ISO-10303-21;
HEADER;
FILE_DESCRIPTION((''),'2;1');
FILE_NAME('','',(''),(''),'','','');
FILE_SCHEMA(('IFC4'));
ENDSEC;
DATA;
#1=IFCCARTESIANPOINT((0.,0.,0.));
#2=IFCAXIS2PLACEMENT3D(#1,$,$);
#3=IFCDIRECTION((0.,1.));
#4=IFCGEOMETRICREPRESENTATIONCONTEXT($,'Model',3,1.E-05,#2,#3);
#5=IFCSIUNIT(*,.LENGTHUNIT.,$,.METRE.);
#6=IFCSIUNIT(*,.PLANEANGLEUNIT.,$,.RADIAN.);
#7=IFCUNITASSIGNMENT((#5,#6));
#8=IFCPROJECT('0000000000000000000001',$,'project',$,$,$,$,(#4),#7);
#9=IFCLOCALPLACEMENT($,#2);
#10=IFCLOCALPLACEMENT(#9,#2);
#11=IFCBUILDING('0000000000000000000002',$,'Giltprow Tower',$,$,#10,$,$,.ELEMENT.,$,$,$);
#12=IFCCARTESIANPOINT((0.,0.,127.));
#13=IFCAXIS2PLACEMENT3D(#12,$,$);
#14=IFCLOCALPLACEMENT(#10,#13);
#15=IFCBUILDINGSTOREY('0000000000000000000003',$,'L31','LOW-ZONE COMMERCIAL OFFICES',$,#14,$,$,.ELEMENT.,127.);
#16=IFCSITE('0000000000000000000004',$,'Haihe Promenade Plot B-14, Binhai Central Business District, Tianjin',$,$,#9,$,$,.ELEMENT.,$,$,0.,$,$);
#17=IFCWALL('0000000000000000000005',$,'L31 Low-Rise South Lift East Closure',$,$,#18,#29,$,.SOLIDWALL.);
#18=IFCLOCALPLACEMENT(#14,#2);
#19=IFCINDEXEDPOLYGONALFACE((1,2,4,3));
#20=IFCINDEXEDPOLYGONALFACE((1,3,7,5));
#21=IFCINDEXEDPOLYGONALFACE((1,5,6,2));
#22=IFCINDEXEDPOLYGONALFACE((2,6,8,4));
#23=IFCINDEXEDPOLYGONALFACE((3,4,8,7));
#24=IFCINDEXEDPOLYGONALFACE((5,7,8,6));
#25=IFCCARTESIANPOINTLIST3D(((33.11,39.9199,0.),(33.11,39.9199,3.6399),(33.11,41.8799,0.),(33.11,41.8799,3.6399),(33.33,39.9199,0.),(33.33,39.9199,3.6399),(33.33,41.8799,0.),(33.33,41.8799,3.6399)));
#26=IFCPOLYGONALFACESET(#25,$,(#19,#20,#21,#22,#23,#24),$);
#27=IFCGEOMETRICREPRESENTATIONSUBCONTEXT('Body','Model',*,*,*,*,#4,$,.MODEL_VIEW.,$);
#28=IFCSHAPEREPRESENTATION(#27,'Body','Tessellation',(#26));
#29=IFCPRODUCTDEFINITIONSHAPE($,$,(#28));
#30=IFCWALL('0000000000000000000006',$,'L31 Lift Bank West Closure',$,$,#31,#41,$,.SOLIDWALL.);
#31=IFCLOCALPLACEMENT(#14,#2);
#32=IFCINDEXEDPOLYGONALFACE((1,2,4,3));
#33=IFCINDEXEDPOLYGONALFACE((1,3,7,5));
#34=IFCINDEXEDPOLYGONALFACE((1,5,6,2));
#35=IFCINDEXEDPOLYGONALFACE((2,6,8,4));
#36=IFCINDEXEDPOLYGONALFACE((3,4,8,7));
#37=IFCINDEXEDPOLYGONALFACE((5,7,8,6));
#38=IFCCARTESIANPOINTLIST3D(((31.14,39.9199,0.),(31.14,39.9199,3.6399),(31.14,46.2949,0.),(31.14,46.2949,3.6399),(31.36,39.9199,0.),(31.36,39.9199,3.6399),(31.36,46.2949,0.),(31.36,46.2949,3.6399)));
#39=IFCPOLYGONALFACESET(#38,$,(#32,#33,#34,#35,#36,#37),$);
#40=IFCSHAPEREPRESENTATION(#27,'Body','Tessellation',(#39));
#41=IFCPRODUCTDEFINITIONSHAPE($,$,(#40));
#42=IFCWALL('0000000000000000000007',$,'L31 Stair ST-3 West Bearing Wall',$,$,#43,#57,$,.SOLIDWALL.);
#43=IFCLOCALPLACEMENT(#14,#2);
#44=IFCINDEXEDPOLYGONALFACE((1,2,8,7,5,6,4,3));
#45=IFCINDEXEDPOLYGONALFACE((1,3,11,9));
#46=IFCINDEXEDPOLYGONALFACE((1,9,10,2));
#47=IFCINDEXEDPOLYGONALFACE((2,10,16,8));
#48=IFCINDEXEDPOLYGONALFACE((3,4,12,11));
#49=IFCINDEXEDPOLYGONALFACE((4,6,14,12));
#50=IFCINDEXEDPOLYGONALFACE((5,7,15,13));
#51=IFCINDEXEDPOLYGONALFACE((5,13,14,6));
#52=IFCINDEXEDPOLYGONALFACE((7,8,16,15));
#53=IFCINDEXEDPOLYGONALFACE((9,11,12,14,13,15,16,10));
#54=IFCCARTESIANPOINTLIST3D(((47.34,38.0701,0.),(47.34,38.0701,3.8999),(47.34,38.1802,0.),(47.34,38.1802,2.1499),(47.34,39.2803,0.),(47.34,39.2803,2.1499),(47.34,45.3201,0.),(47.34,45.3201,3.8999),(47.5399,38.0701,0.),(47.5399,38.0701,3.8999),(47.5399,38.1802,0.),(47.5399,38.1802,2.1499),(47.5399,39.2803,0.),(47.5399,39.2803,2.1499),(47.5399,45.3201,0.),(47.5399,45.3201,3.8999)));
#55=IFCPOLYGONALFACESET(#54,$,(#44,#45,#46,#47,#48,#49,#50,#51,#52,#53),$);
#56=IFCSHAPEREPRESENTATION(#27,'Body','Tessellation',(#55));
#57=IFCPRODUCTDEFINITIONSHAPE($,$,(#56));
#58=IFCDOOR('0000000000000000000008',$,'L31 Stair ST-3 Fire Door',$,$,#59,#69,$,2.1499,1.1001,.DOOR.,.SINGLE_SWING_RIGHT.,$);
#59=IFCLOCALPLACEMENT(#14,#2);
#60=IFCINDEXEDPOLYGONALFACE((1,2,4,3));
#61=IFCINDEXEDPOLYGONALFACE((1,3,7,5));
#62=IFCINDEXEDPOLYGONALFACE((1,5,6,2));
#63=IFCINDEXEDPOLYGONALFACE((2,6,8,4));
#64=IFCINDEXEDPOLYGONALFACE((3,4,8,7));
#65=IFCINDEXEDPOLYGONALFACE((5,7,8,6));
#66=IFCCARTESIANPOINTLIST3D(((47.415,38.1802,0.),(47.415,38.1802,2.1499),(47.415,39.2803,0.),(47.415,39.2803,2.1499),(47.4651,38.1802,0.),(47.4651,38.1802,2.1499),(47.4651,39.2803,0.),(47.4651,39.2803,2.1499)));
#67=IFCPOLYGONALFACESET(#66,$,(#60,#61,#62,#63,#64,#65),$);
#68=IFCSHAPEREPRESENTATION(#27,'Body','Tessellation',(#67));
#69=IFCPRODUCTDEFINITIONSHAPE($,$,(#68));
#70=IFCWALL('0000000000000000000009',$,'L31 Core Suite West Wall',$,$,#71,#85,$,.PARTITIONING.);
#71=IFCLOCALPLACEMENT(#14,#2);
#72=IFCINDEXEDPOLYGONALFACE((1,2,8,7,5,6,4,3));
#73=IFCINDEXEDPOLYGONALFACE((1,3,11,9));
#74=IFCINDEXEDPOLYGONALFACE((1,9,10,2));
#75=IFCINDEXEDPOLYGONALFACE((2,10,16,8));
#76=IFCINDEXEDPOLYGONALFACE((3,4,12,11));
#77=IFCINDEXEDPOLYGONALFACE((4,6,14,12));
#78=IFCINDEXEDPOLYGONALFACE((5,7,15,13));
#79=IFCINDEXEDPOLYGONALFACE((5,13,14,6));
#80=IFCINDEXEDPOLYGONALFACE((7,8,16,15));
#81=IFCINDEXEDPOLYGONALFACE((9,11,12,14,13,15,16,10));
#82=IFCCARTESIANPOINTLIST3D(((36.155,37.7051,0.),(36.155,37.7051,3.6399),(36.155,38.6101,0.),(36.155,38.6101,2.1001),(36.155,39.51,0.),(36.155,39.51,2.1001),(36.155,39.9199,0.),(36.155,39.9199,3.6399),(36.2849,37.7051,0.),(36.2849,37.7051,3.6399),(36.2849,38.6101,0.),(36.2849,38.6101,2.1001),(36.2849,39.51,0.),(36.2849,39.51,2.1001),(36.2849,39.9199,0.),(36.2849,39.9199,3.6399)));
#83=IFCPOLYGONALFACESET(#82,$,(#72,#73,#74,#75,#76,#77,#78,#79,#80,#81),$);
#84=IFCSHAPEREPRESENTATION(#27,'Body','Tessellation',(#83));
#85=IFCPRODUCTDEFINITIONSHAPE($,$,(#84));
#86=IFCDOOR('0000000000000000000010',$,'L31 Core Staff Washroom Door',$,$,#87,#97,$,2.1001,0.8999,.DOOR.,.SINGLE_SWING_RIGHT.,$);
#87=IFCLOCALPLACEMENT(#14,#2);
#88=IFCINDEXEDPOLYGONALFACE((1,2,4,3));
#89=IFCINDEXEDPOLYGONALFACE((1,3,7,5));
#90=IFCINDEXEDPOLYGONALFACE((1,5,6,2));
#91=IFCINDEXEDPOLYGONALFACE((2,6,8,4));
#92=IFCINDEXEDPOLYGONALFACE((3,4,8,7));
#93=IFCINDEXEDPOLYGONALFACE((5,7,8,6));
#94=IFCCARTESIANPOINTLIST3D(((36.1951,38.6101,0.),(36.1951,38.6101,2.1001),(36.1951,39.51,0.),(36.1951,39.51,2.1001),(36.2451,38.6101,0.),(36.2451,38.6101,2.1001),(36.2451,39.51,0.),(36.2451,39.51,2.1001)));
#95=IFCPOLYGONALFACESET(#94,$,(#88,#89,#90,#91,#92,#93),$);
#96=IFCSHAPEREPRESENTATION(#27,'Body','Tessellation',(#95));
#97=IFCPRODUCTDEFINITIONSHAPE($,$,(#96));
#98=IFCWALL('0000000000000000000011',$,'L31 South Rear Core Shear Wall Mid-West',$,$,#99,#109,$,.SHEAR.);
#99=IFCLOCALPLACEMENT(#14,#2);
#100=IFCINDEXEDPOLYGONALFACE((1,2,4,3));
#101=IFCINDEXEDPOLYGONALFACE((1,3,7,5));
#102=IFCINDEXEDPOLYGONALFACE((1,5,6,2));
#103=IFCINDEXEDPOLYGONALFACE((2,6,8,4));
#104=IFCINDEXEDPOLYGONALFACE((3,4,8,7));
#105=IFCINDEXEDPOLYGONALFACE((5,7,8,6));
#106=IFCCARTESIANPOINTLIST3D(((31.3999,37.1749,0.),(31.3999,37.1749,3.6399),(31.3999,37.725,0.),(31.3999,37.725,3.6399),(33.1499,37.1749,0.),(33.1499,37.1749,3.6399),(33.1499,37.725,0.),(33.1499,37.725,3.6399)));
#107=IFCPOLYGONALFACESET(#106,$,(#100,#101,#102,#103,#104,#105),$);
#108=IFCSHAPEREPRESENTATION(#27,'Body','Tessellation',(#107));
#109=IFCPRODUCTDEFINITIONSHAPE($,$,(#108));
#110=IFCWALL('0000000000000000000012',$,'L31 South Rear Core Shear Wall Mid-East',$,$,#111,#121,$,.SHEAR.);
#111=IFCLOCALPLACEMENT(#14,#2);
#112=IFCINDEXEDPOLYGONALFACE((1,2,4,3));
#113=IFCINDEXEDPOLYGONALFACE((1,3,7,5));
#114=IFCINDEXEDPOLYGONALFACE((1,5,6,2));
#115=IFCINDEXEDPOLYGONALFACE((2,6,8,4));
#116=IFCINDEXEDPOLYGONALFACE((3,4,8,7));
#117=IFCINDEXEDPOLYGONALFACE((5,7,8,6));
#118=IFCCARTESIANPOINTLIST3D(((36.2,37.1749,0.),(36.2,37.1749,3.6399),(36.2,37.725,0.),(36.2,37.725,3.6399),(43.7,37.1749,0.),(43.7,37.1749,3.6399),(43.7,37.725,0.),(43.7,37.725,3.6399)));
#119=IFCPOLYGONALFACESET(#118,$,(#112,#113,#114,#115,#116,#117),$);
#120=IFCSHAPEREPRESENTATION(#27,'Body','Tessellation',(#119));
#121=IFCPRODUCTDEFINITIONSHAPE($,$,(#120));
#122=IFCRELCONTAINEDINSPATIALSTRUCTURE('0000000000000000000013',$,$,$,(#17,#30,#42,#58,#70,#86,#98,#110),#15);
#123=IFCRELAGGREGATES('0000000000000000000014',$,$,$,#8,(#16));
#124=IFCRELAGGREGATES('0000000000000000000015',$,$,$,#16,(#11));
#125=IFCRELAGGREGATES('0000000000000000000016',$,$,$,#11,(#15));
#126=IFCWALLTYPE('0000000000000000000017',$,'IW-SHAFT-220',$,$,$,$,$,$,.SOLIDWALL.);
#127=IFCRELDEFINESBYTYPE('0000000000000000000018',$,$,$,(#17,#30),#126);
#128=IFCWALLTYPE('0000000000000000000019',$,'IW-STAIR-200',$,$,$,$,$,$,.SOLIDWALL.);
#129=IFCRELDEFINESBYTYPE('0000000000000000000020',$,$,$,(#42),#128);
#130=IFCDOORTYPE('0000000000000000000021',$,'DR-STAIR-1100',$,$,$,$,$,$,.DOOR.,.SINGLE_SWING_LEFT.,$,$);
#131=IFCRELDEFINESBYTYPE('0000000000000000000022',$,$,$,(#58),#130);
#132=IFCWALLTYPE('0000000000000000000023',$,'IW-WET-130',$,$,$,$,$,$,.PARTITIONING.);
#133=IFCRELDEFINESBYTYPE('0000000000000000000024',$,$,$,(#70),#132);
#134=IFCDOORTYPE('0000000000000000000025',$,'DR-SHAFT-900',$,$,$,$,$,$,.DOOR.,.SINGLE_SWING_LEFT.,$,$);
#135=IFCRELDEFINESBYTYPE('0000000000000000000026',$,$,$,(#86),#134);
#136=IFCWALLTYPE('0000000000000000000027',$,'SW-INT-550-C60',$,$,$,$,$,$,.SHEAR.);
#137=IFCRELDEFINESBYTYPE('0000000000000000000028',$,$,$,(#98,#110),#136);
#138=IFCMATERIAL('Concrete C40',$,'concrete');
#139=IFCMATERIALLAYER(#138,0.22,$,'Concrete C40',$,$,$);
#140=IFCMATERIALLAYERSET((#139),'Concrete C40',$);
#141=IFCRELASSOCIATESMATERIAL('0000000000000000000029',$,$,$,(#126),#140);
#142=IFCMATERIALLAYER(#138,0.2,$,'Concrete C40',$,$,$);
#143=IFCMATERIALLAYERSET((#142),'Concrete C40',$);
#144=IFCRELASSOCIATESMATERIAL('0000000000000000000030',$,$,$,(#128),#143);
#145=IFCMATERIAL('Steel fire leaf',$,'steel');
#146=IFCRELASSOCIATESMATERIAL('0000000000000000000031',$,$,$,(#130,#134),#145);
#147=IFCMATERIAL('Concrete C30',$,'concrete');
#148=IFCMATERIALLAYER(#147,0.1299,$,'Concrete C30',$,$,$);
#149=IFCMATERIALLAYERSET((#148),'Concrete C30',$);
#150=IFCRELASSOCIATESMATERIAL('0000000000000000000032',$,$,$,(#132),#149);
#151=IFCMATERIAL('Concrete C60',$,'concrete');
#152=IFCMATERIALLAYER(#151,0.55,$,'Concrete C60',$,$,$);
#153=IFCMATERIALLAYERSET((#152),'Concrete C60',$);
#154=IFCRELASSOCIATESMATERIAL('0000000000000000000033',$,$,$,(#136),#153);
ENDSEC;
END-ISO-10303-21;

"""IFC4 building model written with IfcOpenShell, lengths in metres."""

from ifc_helpers import new_model, si_unit, direction, frame, frame_2d, origin, place, context, subcontext, project, spatial, rectangle, extrude, source, transform, mapped, material, layer, layer_set, type_object, element, fill, save


model = new_model("IFC4")

# Units and contexts
model_context = context("Model", 3, precision=1e-05, world=origin(), true_north=direction((0.0, 1.0)))
body_context = subcontext(model_context, "Body", "Model", "MODEL_VIEW")
ifc_project = project(units=[si_unit("LENGTHUNIT", "METRE"), si_unit("PLANEANGLEUNIT", "RADIAN")], contexts=[model_context])

# Site, building, storey
site_placement = place(None, origin())
site = spatial("IfcSite", under=ifc_project, at=site_placement, Name="Haihe Promenade Plot B-14, Binhai Central Business District, Tianjin", CompositionType="ELEMENT", RefElevation=0.0)
building_placement = place(site_placement, origin())
building = spatial("IfcBuilding", under=site, at=building_placement, Name="Giltprow Tower", CompositionType="ELEMENT")
storey_placement = place(building_placement, frame((0.0, 0.0, 127.0)))
storey = spatial("IfcBuildingStorey", under=building, at=storey_placement, Name="L31", Description="LOW-ZONE COMMERCIAL OFFICES", CompositionType="ELEMENT", Elevation=127.0)

# Shared definitions
ifc_material_1 = material(Name="Concrete C60", Category="concrete")

# Walls
ifc_material_2 = material(Name="Concrete C40", Category="concrete")
ifc_layer_1 = layer(ifc_material_2, 0.22, Name="Concrete C40")
ifc_layer_set_1 = layer_set([ifc_layer_1], Name="Concrete C40")
wall_type_1 = type_object("IfcWallType", Name="IW-SHAFT-220", PredefinedType="SOLIDWALL", material=ifc_layer_set_1)
wall_1_placement = place(storey_placement, frame((33.22, 39.9199, 0.0), z_axis=(0.0, 0.0, 1.0), x_axis=(0.0, 1.0, 0.0)))
element("IfcWall", 1, at=wall_1_placement, inside=storey, type_object=wall_type_1, Name="L31 Low-Rise South Lift East Closure", PredefinedType="SOLIDWALL", context=body_context, shape_type="SweptSolid", body=[
    extrude(rectangle(XDim=1.96, YDim=0.22, at=frame_2d((0.98, 0.0))), origin(), (0.0, 0.0, 1.0), 3.6399),
])
wall_2_placement = place(storey_placement, frame((31.25, 39.9199, 0.0), z_axis=(0.0, 0.0, 1.0), x_axis=(0.0, 1.0, 0.0)))
element("IfcWall", 2, at=wall_2_placement, inside=storey, type_object=wall_type_1, Name="L31 Lift Bank West Closure", PredefinedType="SOLIDWALL", context=body_context, shape_type="SweptSolid", body=[
    extrude(rectangle(XDim=6.375, YDim=0.22, at=frame_2d((3.1875, 0.0))), origin(), (0.0, 0.0, 1.0), 3.6399),
])

# Walls, openings, doors
ifc_layer_2 = layer(ifc_material_2, 0.2, Name="Concrete C40")
ifc_layer_set_2 = layer_set([ifc_layer_2], Name="Concrete C40")
wall_type_2 = type_object("IfcWallType", Name="IW-STAIR-200", PredefinedType="SOLIDWALL", material=ifc_layer_set_2)
wall_3_placement = place(storey_placement, frame((47.4399, 38.0701, 0.0), z_axis=(0.0, 0.0, 1.0), x_axis=(0.0, 1.0, 0.0)))
wall_3 = element("IfcWall", 3, at=wall_3_placement, inside=storey, type_object=wall_type_2, Name="L31 Stair ST-3 West Bearing Wall", PredefinedType="SOLIDWALL", context=body_context, shape_type="SweptSolid", body=[
    extrude(rectangle(XDim=7.25, YDim=0.2, at=frame_2d((3.625, 0.0))), origin(), (0.0, 0.0, 1.0), 3.8999),
])
opening_1_placement = place(wall_3_placement, frame((0.1101, 0.0, 0.0)))
opening_1 = element("IfcOpeningElement", 4, at=opening_1_placement, cuts=wall_3, PredefinedType="OPENING", context=body_context, shape_type="SweptSolid", body=[
    extrude(rectangle(XDim=1.1001, YDim=2.1499, at=frame_2d((0.55, 1.075))), frame((0.0, 0.1099, 0.0), z_axis=(0.0, -1.0, 0.0), x_axis=(1.0, 0.0, 0.0)), (0.0, 0.0, 1.0), 0.22),
])
ifc_material_3 = material(Name="Steel fire leaf", Category="steel")
door_type_1 = type_object("IfcDoorType", Name="DR-STAIR-1100", OperationType="SINGLE_SWING_LEFT", PredefinedType="DOOR", material=ifc_material_3)
shared_shape_1 = source(origin(), body_context, "Body", "SweptSolid", [
    extrude(rectangle(XDim=1.1001, YDim=2.1499, at=frame_2d((0.55, 1.075))), frame((0.0, 0.0249, 0.0), z_axis=(0.0, -1.0, 0.0), x_axis=(1.0, 0.0, 0.0)), (0.0, 0.0, 1.0), 0.05),
])
door_1_placement = place(opening_1_placement, origin())
door_1 = element("IfcDoor", 5, at=door_1_placement, inside=storey, type_object=door_type_1, Name="L31 Stair ST-3 Fire Door", OperationType="SINGLE_SWING_RIGHT", OverallHeight=2.1499, OverallWidth=1.1001, PredefinedType="DOOR", context=body_context, shape_type="MappedRepresentation", body=[
    mapped(shared_shape_1, transform((0.0, 0.0, 0.0), x_axis=(1.0, 0.0, 0.0), y_axis=(0.0, 1.0, 0.0), z_axis=(0.0, 0.0, 1.0), scale=1.0)),
])
fill(opening_1, door_1)
ifc_material_4 = material(Name="Concrete C30", Category="concrete")
ifc_layer_3 = layer(ifc_material_4, 0.1299, Name="Concrete C30")
ifc_layer_set_3 = layer_set([ifc_layer_3], Name="Concrete C30")
wall_type_3 = type_object("IfcWallType", Name="IW-WET-130", PredefinedType="PARTITIONING", material=ifc_layer_set_3)
wall_4_placement = place(storey_placement, frame((36.22, 37.7051, 0.0), z_axis=(0.0, 0.0, 1.0), x_axis=(0.0, 1.0, 0.0)))
wall_4 = element("IfcWall", 6, at=wall_4_placement, inside=storey, type_object=wall_type_3, Name="L31 Core Suite West Wall", PredefinedType="PARTITIONING", context=body_context, shape_type="SweptSolid", body=[
    extrude(rectangle(XDim=2.2148, YDim=0.1299, at=frame_2d((1.1074, 0.0))), origin(), (0.0, 0.0, 1.0), 3.6399),
])
opening_2_placement = place(wall_4_placement, frame((0.905, 0.0, 0.0)))
opening_2 = element("IfcOpeningElement", 7, at=opening_2_placement, cuts=wall_4, PredefinedType="OPENING", context=body_context, shape_type="SweptSolid", body=[
    extrude(rectangle(XDim=0.8999, YDim=2.1001, at=frame_2d((0.45, 1.05))), frame((0.0, 0.075, 0.0), z_axis=(0.0, -1.0, 0.0), x_axis=(1.0, 0.0, 0.0)), (0.0, 0.0, 1.0), 0.1499),
])
door_type_2 = type_object("IfcDoorType", Name="DR-SHAFT-900", OperationType="SINGLE_SWING_LEFT", PredefinedType="DOOR", material=ifc_material_3)
shared_shape_2 = source(origin(), body_context, "Body", "SweptSolid", [
    extrude(rectangle(XDim=0.8999, YDim=2.1001, at=frame_2d((0.45, 1.05))), frame((0.0, 0.0249, 0.0), z_axis=(0.0, -1.0, 0.0), x_axis=(1.0, 0.0, 0.0)), (0.0, 0.0, 1.0), 0.05),
])
door_2_placement = place(opening_2_placement, origin())
door_2 = element("IfcDoor", 8, at=door_2_placement, inside=storey, type_object=door_type_2, Name="L31 Core Staff Washroom Door", OperationType="SINGLE_SWING_RIGHT", OverallHeight=2.1001, OverallWidth=0.8999, PredefinedType="DOOR", context=body_context, shape_type="MappedRepresentation", body=[
    mapped(shared_shape_2, transform((0.0, 0.0, 0.0), x_axis=(1.0, 0.0, 0.0), y_axis=(0.0, 1.0, 0.0), z_axis=(0.0, 0.0, 1.0), scale=1.0)),
])
fill(opening_2, door_2)

# Walls
ifc_layer_4 = layer(ifc_material_1, 0.55, Name="Concrete C60")
ifc_layer_set_4 = layer_set([ifc_layer_4], Name="Concrete C60")
wall_type_4 = type_object("IfcWallType", Name="SW-INT-550-C60", PredefinedType="SHEAR", material=ifc_layer_set_4)
wall_5_placement = place(storey_placement, frame((31.3999, 37.45, 0.0), z_axis=(0.0, 0.0, 1.0), x_axis=(1.0, 0.0, 0.0)))
element("IfcWall", 9, at=wall_5_placement, inside=storey, type_object=wall_type_4, Name="L31 South Rear Core Shear Wall Mid-West", PredefinedType="SHEAR", context=body_context, shape_type="SweptSolid", body=[
    extrude(rectangle(XDim=1.75, YDim=0.55, at=frame_2d((0.875, 0.0))), origin(), (0.0, 0.0, 1.0), 3.6399),
])
wall_6_placement = place(storey_placement, frame((36.2, 37.45, 0.0), z_axis=(0.0, 0.0, 1.0), x_axis=(1.0, 0.0, 0.0)))
element("IfcWall", 10, at=wall_6_placement, inside=storey, type_object=wall_type_4, Name="L31 South Rear Core Shear Wall Mid-East", PredefinedType="SHEAR", context=body_context, shape_type="SweptSolid", body=[
    extrude(rectangle(XDim=7.5, YDim=0.55, at=frame_2d((3.75, 0.0))), origin(), (0.0, 0.0, 1.0), 3.6399),
])

save(model, "model.ifc")
